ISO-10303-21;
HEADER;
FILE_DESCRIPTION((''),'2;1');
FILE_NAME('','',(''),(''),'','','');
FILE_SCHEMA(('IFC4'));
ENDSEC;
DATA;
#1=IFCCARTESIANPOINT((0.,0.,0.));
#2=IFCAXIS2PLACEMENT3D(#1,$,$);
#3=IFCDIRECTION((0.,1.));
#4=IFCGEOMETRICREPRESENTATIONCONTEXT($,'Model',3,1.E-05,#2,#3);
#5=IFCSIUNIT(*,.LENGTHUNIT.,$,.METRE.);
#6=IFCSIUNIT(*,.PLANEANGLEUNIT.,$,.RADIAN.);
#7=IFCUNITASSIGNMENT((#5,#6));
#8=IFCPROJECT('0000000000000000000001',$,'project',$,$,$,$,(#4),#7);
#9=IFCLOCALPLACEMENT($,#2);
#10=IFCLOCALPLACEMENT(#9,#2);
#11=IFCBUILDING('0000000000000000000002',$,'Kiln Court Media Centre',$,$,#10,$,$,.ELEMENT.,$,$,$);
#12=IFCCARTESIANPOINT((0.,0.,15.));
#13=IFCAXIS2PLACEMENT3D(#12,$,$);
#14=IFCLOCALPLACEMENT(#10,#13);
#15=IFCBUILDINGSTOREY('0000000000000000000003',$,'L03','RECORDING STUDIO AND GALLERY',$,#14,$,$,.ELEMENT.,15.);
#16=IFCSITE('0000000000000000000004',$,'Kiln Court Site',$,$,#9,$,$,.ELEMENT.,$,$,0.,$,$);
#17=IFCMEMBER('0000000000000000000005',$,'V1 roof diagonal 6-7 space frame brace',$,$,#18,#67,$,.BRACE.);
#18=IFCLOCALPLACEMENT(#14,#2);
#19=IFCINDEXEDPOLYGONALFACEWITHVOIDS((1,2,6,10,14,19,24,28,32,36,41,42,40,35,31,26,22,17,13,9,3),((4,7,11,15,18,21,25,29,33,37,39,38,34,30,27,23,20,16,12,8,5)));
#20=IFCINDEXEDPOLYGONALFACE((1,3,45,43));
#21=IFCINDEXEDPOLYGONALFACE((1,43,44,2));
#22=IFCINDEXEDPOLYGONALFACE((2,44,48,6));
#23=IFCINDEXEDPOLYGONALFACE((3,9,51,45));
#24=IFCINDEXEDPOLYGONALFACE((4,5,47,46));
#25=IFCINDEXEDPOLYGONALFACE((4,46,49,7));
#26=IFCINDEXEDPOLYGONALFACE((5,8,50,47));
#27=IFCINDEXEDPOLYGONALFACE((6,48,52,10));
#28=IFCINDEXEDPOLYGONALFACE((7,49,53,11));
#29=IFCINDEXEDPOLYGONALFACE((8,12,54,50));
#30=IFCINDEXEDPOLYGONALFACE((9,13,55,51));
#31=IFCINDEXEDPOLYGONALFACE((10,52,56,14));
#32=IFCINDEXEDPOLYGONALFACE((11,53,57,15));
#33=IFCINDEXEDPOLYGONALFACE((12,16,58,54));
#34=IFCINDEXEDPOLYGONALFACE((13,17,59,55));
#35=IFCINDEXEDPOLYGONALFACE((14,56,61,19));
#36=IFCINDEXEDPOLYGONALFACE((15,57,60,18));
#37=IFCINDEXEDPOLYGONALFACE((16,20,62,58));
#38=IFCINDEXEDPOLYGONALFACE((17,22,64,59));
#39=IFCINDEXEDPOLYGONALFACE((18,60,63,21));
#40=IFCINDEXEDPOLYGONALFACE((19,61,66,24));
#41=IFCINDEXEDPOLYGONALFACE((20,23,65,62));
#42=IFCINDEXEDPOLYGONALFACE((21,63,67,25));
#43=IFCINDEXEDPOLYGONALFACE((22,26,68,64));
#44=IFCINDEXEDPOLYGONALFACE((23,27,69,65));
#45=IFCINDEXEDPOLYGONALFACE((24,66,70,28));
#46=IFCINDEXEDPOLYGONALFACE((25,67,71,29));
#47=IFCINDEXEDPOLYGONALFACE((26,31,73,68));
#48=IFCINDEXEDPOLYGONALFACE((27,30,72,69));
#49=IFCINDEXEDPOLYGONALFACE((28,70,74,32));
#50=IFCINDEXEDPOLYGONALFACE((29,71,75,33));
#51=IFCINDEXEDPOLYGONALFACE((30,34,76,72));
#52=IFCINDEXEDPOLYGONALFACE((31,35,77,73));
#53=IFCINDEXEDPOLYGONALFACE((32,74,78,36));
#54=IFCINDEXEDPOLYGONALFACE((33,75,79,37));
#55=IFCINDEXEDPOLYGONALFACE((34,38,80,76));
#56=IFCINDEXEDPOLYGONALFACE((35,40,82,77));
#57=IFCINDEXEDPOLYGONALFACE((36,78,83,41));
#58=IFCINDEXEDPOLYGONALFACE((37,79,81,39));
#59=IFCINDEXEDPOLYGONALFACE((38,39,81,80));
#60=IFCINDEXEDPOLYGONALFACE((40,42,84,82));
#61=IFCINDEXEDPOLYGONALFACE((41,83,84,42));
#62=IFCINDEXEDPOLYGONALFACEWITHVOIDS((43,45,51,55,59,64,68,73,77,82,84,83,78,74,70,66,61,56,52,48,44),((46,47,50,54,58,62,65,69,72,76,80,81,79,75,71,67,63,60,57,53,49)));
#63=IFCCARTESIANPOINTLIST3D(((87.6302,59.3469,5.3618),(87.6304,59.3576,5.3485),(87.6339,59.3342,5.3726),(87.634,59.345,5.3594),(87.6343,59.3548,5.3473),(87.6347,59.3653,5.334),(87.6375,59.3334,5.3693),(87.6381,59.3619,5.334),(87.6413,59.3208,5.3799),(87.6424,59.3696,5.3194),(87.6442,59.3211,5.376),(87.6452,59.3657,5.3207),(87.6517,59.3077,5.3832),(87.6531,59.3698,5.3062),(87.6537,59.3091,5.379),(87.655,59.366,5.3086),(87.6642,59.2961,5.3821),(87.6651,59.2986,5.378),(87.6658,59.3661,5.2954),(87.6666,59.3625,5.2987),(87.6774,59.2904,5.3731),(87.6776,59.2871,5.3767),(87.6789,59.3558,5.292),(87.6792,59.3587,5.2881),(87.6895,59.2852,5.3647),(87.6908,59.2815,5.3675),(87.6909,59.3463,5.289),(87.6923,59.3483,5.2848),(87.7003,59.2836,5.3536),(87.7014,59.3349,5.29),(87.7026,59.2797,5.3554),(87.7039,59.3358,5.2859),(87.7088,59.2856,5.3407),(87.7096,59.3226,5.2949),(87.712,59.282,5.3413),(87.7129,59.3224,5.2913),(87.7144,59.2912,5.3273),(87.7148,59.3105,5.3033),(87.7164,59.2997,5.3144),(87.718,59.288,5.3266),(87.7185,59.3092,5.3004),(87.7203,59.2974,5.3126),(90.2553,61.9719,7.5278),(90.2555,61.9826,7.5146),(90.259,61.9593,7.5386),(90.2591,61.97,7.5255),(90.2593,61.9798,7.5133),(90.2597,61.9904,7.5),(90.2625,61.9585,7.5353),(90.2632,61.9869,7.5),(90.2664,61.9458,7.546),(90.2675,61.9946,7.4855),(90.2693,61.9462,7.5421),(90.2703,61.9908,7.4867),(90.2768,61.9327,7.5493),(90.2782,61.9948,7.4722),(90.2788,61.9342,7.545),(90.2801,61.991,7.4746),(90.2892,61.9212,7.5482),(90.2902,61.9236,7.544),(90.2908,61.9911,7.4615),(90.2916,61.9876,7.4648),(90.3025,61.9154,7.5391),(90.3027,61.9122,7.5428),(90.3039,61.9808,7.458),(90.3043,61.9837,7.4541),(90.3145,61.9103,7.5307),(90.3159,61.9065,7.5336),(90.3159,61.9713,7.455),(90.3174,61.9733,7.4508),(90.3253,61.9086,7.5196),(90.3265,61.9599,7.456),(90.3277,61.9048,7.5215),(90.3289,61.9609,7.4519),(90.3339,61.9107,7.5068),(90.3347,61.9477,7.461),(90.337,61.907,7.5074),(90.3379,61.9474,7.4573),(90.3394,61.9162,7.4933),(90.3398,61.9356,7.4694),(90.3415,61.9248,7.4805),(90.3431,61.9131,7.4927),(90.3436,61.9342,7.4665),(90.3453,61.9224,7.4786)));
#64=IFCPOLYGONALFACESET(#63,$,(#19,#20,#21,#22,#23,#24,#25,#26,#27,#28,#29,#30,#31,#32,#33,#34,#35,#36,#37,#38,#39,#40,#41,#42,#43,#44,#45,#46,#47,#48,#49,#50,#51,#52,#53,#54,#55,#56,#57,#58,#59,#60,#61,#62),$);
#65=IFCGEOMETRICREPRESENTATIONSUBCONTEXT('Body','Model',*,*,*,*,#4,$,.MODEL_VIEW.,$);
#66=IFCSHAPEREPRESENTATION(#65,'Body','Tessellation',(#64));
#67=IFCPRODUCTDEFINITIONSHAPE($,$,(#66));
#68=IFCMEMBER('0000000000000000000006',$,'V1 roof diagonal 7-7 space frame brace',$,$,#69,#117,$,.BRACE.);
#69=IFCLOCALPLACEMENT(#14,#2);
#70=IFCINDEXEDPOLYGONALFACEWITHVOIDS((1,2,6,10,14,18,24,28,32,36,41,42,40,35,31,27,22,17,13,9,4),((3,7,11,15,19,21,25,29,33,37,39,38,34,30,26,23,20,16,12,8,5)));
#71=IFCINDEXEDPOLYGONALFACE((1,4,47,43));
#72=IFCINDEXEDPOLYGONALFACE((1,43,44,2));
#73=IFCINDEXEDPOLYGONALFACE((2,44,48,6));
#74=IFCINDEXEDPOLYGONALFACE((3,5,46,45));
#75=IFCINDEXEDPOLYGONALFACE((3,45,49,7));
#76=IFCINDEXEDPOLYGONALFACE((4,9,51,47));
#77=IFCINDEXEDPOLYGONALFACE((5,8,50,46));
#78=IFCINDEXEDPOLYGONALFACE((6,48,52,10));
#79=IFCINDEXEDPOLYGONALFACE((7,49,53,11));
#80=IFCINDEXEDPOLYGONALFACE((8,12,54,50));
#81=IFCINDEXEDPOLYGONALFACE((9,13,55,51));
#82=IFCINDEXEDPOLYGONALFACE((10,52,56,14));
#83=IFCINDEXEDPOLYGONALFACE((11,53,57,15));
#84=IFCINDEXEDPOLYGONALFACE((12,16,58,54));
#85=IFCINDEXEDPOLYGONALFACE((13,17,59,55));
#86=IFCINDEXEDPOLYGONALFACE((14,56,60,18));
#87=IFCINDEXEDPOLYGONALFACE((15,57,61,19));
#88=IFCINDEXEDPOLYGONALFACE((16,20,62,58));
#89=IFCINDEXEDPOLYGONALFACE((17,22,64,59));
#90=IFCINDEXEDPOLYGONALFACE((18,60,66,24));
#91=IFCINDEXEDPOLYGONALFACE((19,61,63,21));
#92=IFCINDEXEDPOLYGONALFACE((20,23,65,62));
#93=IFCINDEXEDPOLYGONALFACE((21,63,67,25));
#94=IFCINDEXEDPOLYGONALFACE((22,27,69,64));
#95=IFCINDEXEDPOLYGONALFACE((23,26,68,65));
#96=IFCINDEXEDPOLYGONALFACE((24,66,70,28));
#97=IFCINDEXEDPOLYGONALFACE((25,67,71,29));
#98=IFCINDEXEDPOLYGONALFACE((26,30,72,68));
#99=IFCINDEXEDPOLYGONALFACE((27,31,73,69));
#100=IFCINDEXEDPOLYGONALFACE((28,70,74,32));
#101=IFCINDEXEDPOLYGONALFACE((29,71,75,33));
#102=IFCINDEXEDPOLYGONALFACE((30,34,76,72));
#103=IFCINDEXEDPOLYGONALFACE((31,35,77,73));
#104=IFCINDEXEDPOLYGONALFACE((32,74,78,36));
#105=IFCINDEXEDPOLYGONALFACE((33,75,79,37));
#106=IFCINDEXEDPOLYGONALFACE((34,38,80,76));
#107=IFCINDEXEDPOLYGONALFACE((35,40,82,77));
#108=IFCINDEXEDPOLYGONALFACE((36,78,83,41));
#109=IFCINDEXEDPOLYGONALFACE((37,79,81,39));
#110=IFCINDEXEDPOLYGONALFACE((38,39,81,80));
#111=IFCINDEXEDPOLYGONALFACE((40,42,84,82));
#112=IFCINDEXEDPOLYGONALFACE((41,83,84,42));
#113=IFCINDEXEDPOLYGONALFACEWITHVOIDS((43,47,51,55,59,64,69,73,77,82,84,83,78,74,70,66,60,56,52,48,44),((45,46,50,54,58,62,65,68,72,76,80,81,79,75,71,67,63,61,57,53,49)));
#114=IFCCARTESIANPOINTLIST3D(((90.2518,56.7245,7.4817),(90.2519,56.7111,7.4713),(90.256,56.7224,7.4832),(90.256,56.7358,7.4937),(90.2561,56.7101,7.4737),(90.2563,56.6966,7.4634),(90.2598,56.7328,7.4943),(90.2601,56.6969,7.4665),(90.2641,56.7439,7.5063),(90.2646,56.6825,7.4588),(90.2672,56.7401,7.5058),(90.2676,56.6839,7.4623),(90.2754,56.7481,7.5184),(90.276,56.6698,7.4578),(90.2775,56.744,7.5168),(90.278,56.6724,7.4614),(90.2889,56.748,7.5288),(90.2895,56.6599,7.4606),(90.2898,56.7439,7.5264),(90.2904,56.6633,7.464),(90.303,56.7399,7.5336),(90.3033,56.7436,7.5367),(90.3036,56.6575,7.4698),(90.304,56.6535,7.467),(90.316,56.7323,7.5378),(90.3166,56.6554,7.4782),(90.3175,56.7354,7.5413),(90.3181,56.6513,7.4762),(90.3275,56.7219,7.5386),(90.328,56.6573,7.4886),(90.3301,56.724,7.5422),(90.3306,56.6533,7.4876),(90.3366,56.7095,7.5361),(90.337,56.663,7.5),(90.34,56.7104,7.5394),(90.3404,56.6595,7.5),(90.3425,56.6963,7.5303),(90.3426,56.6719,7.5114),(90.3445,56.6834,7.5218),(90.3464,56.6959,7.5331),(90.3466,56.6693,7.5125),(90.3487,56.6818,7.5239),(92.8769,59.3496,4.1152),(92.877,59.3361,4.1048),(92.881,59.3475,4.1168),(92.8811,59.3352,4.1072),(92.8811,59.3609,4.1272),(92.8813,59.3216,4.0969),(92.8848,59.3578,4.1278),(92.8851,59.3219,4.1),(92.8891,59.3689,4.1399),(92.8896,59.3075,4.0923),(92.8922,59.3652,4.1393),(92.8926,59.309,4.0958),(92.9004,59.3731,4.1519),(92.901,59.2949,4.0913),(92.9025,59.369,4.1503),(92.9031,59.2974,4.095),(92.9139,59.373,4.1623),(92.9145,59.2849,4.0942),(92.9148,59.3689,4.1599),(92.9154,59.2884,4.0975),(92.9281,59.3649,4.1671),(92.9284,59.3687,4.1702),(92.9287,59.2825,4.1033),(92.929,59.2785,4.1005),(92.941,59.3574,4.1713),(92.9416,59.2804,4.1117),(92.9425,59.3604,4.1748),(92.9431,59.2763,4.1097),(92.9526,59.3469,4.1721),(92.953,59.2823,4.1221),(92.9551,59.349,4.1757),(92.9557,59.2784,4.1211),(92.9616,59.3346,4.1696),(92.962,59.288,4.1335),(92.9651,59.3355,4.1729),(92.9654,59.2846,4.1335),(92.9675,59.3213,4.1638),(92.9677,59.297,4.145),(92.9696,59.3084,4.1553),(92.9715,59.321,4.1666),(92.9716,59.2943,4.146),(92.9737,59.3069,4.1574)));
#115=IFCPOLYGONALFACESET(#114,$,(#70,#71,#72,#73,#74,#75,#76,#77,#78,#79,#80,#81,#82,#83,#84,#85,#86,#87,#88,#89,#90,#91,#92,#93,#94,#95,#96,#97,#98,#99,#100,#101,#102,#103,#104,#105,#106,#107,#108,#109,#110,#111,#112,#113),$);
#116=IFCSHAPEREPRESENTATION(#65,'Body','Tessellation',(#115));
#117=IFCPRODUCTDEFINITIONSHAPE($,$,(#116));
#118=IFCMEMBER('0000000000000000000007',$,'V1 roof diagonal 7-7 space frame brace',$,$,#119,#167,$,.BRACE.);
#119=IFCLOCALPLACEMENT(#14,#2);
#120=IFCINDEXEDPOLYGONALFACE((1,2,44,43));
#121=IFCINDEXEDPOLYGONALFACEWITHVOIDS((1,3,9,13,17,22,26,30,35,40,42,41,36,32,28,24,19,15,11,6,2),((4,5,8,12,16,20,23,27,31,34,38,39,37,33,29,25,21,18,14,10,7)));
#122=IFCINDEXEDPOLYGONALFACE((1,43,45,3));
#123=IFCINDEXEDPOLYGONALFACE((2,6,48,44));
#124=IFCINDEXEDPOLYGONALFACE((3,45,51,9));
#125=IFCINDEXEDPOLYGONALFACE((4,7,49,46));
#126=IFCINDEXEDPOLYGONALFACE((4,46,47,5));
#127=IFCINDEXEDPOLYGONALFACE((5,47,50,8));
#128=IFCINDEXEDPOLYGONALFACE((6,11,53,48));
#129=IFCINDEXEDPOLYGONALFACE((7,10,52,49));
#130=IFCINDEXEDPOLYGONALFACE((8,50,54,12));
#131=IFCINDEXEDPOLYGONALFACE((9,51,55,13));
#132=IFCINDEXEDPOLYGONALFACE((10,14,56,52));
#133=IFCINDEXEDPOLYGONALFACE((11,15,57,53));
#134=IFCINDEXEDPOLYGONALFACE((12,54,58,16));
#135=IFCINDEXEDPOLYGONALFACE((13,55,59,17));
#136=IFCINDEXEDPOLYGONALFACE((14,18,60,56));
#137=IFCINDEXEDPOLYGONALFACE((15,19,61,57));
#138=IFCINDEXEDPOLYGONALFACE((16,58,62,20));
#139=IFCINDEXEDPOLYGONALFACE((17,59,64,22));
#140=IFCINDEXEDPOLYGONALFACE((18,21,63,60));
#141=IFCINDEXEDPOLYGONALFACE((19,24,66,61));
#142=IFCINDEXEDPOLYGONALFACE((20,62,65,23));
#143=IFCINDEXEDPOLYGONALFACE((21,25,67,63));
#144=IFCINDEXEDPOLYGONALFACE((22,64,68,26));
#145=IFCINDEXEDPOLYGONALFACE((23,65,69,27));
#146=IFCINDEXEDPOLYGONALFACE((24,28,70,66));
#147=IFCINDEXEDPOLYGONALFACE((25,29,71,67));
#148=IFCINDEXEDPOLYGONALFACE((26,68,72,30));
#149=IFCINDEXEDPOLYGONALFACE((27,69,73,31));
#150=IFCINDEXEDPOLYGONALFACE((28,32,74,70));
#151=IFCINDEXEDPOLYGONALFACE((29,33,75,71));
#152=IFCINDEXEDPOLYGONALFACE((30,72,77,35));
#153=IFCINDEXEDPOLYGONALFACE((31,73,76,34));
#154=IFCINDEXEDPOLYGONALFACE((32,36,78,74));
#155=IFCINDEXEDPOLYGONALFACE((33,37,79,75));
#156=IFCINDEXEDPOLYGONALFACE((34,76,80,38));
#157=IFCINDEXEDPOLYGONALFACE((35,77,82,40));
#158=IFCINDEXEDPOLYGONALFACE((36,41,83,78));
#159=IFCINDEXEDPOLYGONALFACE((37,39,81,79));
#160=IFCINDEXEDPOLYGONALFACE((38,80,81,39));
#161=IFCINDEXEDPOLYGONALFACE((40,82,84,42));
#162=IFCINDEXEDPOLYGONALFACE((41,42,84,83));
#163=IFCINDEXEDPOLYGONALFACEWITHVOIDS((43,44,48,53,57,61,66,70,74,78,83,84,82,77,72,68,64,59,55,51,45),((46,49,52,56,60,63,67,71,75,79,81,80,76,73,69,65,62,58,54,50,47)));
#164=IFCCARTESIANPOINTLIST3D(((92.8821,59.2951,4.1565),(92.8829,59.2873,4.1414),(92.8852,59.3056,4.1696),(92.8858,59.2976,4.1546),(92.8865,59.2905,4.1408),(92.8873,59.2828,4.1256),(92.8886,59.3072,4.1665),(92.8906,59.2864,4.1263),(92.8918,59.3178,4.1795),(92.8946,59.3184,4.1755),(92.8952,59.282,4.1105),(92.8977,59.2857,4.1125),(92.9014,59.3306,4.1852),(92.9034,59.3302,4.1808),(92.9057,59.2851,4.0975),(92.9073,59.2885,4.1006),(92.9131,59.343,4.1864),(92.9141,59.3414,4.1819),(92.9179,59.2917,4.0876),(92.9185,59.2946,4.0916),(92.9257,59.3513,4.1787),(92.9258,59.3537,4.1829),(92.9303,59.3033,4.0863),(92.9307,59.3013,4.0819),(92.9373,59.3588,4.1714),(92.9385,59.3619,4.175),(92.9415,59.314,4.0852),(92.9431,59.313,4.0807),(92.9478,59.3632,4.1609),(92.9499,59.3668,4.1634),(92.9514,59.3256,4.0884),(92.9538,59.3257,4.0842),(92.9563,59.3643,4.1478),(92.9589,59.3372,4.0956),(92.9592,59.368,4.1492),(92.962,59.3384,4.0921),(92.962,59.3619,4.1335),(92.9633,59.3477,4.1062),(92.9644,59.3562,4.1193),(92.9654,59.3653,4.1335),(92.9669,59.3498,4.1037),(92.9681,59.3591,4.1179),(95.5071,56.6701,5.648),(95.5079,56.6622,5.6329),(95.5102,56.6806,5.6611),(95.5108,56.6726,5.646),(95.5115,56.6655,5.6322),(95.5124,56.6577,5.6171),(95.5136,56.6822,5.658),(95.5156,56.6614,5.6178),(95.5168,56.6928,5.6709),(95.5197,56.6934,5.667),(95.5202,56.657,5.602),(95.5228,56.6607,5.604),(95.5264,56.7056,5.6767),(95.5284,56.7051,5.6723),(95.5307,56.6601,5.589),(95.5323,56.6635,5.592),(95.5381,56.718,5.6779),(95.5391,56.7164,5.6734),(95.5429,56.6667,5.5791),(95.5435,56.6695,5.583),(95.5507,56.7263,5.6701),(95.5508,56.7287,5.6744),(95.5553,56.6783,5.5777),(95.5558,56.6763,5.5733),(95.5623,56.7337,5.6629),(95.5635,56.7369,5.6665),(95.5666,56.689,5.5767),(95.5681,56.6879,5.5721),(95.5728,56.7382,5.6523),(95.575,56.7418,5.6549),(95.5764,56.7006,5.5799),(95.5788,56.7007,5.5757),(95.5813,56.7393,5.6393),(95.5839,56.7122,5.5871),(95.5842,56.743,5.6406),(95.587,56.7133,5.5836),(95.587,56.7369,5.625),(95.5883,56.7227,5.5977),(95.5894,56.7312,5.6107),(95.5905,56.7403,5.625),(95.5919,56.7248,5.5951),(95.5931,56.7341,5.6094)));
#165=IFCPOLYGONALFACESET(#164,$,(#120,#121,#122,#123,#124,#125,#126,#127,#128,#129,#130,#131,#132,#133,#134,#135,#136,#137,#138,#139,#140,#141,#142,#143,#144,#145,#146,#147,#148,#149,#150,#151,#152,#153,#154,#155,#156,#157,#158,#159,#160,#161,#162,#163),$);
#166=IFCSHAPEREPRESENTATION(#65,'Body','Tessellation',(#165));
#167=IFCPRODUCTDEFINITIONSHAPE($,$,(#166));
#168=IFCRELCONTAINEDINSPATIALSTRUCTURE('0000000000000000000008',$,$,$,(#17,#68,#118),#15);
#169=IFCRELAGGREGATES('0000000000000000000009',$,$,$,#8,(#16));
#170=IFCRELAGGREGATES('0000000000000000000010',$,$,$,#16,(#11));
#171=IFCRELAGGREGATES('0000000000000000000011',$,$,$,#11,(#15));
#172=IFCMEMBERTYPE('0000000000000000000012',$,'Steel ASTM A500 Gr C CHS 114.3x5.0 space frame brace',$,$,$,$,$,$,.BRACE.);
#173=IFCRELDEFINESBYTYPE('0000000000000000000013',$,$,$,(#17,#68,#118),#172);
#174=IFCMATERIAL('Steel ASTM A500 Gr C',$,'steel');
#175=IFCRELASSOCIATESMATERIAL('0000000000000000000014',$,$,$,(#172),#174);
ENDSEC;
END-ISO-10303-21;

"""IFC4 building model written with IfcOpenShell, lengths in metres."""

from ifc_helpers import new_model, si_unit, direction, frame, origin, origin_2d, place, context, subcontext, project, spatial, hollow_circle, extrude, material, material_profile, profile_set, type_object, element, save


model = new_model("IFC4")

# Units and contexts
model_context = context("Model", 3, precision=1e-05, world=origin(), true_north=direction((0.0, 1.0)))
body_context = subcontext(model_context, "Body", "Model", "MODEL_VIEW")
ifc_project = project(units=[si_unit("LENGTHUNIT", "METRE"), si_unit("PLANEANGLEUNIT", "RADIAN")], contexts=[model_context])

# Site, building, storey
site_placement = place(None, origin())
site = spatial("IfcSite", under=ifc_project, at=site_placement, Name="Kiln Court Site", CompositionType="ELEMENT", RefElevation=0.0)
building_placement = place(site_placement, origin())
building = spatial("IfcBuilding", under=site, at=building_placement, Name="Kiln Court Media Centre", CompositionType="ELEMENT")
storey_placement = place(building_placement, frame((0.0, 0.0, 15.0)))
storey = spatial("IfcBuildingStorey", under=building, at=storey_placement, Name="L03", Description="RECORDING STUDIO AND GALLERY", CompositionType="ELEMENT", Elevation=15.0)

# Members
ifc_material_1 = material(Name="Steel ASTM A500 Gr C", Category="steel")
ifc_material_profile_1 = material_profile(ifc_material_1, hollow_circle(Radius=0.0571, WallThickness=0.0049, at=origin_2d()), Name="CHS 114.3x5.0")
ifc_profile_set_1 = profile_set([ifc_material_profile_1], Name="Steel ASTM A500 Gr C")
member_type_1 = type_object("IfcMemberType", Name="Steel ASTM A500 Gr C CHS 114.3x5.0 space frame brace", PredefinedType="BRACE", material=ifc_profile_set_1)
member_1_placement = place(storey_placement, frame((87.675, 59.325, 5.334), z_axis=(0.610748, 0.610748, 0.503958), x_axis=(-0.707107, 0.707107, 0.0)))
element("IfcMember", 1, at=member_1_placement, inside=storey, type_object=member_type_1, Name="V1 roof diagonal 6-7 space frame brace", PredefinedType="BRACE", context=body_context, shape_type="SweptSolid", body=[
    extrude(hollow_circle(Radius=0.0571, WallThickness=0.0049, at=origin_2d()), origin(), (0.0, 0.0, 1.0), 4.2981),
])
member_2_placement = place(storey_placement, frame((92.925, 59.325, 4.1335), z_axis=(-0.523804, -0.523804, 0.671758), x_axis=(0.707107, -0.707107, 0.0)))
element("IfcMember", 2, at=member_2_placement, inside=storey, type_object=member_type_1, Name="V1 roof diagonal 7-7 space frame brace", PredefinedType="BRACE", context=body_context, shape_type="SweptSolid", body=[
    extrude(hollow_circle(Radius=0.0571, WallThickness=0.0049, at=origin_2d()), origin(), (0.0, 0.0, 1.0), 5.0115),
])
member_3_placement = place(storey_placement, frame((92.925, 59.325, 4.1335), z_axis=(0.656133, -0.656133, 0.372798), x_axis=(0.707107, 0.707107, 0.0)))
element("IfcMember", 3, at=member_3_placement, inside=storey, type_object=member_type_1, Name="V1 roof diagonal 7-7 space frame brace", PredefinedType="BRACE", context=body_context, shape_type="SweptSolid", body=[
    extrude(hollow_circle(Radius=0.0571, WallThickness=0.0049, at=origin_2d()), origin(), (0.0, 0.0, 1.0), 4.0007),
])

save(model, "model.ifc")
